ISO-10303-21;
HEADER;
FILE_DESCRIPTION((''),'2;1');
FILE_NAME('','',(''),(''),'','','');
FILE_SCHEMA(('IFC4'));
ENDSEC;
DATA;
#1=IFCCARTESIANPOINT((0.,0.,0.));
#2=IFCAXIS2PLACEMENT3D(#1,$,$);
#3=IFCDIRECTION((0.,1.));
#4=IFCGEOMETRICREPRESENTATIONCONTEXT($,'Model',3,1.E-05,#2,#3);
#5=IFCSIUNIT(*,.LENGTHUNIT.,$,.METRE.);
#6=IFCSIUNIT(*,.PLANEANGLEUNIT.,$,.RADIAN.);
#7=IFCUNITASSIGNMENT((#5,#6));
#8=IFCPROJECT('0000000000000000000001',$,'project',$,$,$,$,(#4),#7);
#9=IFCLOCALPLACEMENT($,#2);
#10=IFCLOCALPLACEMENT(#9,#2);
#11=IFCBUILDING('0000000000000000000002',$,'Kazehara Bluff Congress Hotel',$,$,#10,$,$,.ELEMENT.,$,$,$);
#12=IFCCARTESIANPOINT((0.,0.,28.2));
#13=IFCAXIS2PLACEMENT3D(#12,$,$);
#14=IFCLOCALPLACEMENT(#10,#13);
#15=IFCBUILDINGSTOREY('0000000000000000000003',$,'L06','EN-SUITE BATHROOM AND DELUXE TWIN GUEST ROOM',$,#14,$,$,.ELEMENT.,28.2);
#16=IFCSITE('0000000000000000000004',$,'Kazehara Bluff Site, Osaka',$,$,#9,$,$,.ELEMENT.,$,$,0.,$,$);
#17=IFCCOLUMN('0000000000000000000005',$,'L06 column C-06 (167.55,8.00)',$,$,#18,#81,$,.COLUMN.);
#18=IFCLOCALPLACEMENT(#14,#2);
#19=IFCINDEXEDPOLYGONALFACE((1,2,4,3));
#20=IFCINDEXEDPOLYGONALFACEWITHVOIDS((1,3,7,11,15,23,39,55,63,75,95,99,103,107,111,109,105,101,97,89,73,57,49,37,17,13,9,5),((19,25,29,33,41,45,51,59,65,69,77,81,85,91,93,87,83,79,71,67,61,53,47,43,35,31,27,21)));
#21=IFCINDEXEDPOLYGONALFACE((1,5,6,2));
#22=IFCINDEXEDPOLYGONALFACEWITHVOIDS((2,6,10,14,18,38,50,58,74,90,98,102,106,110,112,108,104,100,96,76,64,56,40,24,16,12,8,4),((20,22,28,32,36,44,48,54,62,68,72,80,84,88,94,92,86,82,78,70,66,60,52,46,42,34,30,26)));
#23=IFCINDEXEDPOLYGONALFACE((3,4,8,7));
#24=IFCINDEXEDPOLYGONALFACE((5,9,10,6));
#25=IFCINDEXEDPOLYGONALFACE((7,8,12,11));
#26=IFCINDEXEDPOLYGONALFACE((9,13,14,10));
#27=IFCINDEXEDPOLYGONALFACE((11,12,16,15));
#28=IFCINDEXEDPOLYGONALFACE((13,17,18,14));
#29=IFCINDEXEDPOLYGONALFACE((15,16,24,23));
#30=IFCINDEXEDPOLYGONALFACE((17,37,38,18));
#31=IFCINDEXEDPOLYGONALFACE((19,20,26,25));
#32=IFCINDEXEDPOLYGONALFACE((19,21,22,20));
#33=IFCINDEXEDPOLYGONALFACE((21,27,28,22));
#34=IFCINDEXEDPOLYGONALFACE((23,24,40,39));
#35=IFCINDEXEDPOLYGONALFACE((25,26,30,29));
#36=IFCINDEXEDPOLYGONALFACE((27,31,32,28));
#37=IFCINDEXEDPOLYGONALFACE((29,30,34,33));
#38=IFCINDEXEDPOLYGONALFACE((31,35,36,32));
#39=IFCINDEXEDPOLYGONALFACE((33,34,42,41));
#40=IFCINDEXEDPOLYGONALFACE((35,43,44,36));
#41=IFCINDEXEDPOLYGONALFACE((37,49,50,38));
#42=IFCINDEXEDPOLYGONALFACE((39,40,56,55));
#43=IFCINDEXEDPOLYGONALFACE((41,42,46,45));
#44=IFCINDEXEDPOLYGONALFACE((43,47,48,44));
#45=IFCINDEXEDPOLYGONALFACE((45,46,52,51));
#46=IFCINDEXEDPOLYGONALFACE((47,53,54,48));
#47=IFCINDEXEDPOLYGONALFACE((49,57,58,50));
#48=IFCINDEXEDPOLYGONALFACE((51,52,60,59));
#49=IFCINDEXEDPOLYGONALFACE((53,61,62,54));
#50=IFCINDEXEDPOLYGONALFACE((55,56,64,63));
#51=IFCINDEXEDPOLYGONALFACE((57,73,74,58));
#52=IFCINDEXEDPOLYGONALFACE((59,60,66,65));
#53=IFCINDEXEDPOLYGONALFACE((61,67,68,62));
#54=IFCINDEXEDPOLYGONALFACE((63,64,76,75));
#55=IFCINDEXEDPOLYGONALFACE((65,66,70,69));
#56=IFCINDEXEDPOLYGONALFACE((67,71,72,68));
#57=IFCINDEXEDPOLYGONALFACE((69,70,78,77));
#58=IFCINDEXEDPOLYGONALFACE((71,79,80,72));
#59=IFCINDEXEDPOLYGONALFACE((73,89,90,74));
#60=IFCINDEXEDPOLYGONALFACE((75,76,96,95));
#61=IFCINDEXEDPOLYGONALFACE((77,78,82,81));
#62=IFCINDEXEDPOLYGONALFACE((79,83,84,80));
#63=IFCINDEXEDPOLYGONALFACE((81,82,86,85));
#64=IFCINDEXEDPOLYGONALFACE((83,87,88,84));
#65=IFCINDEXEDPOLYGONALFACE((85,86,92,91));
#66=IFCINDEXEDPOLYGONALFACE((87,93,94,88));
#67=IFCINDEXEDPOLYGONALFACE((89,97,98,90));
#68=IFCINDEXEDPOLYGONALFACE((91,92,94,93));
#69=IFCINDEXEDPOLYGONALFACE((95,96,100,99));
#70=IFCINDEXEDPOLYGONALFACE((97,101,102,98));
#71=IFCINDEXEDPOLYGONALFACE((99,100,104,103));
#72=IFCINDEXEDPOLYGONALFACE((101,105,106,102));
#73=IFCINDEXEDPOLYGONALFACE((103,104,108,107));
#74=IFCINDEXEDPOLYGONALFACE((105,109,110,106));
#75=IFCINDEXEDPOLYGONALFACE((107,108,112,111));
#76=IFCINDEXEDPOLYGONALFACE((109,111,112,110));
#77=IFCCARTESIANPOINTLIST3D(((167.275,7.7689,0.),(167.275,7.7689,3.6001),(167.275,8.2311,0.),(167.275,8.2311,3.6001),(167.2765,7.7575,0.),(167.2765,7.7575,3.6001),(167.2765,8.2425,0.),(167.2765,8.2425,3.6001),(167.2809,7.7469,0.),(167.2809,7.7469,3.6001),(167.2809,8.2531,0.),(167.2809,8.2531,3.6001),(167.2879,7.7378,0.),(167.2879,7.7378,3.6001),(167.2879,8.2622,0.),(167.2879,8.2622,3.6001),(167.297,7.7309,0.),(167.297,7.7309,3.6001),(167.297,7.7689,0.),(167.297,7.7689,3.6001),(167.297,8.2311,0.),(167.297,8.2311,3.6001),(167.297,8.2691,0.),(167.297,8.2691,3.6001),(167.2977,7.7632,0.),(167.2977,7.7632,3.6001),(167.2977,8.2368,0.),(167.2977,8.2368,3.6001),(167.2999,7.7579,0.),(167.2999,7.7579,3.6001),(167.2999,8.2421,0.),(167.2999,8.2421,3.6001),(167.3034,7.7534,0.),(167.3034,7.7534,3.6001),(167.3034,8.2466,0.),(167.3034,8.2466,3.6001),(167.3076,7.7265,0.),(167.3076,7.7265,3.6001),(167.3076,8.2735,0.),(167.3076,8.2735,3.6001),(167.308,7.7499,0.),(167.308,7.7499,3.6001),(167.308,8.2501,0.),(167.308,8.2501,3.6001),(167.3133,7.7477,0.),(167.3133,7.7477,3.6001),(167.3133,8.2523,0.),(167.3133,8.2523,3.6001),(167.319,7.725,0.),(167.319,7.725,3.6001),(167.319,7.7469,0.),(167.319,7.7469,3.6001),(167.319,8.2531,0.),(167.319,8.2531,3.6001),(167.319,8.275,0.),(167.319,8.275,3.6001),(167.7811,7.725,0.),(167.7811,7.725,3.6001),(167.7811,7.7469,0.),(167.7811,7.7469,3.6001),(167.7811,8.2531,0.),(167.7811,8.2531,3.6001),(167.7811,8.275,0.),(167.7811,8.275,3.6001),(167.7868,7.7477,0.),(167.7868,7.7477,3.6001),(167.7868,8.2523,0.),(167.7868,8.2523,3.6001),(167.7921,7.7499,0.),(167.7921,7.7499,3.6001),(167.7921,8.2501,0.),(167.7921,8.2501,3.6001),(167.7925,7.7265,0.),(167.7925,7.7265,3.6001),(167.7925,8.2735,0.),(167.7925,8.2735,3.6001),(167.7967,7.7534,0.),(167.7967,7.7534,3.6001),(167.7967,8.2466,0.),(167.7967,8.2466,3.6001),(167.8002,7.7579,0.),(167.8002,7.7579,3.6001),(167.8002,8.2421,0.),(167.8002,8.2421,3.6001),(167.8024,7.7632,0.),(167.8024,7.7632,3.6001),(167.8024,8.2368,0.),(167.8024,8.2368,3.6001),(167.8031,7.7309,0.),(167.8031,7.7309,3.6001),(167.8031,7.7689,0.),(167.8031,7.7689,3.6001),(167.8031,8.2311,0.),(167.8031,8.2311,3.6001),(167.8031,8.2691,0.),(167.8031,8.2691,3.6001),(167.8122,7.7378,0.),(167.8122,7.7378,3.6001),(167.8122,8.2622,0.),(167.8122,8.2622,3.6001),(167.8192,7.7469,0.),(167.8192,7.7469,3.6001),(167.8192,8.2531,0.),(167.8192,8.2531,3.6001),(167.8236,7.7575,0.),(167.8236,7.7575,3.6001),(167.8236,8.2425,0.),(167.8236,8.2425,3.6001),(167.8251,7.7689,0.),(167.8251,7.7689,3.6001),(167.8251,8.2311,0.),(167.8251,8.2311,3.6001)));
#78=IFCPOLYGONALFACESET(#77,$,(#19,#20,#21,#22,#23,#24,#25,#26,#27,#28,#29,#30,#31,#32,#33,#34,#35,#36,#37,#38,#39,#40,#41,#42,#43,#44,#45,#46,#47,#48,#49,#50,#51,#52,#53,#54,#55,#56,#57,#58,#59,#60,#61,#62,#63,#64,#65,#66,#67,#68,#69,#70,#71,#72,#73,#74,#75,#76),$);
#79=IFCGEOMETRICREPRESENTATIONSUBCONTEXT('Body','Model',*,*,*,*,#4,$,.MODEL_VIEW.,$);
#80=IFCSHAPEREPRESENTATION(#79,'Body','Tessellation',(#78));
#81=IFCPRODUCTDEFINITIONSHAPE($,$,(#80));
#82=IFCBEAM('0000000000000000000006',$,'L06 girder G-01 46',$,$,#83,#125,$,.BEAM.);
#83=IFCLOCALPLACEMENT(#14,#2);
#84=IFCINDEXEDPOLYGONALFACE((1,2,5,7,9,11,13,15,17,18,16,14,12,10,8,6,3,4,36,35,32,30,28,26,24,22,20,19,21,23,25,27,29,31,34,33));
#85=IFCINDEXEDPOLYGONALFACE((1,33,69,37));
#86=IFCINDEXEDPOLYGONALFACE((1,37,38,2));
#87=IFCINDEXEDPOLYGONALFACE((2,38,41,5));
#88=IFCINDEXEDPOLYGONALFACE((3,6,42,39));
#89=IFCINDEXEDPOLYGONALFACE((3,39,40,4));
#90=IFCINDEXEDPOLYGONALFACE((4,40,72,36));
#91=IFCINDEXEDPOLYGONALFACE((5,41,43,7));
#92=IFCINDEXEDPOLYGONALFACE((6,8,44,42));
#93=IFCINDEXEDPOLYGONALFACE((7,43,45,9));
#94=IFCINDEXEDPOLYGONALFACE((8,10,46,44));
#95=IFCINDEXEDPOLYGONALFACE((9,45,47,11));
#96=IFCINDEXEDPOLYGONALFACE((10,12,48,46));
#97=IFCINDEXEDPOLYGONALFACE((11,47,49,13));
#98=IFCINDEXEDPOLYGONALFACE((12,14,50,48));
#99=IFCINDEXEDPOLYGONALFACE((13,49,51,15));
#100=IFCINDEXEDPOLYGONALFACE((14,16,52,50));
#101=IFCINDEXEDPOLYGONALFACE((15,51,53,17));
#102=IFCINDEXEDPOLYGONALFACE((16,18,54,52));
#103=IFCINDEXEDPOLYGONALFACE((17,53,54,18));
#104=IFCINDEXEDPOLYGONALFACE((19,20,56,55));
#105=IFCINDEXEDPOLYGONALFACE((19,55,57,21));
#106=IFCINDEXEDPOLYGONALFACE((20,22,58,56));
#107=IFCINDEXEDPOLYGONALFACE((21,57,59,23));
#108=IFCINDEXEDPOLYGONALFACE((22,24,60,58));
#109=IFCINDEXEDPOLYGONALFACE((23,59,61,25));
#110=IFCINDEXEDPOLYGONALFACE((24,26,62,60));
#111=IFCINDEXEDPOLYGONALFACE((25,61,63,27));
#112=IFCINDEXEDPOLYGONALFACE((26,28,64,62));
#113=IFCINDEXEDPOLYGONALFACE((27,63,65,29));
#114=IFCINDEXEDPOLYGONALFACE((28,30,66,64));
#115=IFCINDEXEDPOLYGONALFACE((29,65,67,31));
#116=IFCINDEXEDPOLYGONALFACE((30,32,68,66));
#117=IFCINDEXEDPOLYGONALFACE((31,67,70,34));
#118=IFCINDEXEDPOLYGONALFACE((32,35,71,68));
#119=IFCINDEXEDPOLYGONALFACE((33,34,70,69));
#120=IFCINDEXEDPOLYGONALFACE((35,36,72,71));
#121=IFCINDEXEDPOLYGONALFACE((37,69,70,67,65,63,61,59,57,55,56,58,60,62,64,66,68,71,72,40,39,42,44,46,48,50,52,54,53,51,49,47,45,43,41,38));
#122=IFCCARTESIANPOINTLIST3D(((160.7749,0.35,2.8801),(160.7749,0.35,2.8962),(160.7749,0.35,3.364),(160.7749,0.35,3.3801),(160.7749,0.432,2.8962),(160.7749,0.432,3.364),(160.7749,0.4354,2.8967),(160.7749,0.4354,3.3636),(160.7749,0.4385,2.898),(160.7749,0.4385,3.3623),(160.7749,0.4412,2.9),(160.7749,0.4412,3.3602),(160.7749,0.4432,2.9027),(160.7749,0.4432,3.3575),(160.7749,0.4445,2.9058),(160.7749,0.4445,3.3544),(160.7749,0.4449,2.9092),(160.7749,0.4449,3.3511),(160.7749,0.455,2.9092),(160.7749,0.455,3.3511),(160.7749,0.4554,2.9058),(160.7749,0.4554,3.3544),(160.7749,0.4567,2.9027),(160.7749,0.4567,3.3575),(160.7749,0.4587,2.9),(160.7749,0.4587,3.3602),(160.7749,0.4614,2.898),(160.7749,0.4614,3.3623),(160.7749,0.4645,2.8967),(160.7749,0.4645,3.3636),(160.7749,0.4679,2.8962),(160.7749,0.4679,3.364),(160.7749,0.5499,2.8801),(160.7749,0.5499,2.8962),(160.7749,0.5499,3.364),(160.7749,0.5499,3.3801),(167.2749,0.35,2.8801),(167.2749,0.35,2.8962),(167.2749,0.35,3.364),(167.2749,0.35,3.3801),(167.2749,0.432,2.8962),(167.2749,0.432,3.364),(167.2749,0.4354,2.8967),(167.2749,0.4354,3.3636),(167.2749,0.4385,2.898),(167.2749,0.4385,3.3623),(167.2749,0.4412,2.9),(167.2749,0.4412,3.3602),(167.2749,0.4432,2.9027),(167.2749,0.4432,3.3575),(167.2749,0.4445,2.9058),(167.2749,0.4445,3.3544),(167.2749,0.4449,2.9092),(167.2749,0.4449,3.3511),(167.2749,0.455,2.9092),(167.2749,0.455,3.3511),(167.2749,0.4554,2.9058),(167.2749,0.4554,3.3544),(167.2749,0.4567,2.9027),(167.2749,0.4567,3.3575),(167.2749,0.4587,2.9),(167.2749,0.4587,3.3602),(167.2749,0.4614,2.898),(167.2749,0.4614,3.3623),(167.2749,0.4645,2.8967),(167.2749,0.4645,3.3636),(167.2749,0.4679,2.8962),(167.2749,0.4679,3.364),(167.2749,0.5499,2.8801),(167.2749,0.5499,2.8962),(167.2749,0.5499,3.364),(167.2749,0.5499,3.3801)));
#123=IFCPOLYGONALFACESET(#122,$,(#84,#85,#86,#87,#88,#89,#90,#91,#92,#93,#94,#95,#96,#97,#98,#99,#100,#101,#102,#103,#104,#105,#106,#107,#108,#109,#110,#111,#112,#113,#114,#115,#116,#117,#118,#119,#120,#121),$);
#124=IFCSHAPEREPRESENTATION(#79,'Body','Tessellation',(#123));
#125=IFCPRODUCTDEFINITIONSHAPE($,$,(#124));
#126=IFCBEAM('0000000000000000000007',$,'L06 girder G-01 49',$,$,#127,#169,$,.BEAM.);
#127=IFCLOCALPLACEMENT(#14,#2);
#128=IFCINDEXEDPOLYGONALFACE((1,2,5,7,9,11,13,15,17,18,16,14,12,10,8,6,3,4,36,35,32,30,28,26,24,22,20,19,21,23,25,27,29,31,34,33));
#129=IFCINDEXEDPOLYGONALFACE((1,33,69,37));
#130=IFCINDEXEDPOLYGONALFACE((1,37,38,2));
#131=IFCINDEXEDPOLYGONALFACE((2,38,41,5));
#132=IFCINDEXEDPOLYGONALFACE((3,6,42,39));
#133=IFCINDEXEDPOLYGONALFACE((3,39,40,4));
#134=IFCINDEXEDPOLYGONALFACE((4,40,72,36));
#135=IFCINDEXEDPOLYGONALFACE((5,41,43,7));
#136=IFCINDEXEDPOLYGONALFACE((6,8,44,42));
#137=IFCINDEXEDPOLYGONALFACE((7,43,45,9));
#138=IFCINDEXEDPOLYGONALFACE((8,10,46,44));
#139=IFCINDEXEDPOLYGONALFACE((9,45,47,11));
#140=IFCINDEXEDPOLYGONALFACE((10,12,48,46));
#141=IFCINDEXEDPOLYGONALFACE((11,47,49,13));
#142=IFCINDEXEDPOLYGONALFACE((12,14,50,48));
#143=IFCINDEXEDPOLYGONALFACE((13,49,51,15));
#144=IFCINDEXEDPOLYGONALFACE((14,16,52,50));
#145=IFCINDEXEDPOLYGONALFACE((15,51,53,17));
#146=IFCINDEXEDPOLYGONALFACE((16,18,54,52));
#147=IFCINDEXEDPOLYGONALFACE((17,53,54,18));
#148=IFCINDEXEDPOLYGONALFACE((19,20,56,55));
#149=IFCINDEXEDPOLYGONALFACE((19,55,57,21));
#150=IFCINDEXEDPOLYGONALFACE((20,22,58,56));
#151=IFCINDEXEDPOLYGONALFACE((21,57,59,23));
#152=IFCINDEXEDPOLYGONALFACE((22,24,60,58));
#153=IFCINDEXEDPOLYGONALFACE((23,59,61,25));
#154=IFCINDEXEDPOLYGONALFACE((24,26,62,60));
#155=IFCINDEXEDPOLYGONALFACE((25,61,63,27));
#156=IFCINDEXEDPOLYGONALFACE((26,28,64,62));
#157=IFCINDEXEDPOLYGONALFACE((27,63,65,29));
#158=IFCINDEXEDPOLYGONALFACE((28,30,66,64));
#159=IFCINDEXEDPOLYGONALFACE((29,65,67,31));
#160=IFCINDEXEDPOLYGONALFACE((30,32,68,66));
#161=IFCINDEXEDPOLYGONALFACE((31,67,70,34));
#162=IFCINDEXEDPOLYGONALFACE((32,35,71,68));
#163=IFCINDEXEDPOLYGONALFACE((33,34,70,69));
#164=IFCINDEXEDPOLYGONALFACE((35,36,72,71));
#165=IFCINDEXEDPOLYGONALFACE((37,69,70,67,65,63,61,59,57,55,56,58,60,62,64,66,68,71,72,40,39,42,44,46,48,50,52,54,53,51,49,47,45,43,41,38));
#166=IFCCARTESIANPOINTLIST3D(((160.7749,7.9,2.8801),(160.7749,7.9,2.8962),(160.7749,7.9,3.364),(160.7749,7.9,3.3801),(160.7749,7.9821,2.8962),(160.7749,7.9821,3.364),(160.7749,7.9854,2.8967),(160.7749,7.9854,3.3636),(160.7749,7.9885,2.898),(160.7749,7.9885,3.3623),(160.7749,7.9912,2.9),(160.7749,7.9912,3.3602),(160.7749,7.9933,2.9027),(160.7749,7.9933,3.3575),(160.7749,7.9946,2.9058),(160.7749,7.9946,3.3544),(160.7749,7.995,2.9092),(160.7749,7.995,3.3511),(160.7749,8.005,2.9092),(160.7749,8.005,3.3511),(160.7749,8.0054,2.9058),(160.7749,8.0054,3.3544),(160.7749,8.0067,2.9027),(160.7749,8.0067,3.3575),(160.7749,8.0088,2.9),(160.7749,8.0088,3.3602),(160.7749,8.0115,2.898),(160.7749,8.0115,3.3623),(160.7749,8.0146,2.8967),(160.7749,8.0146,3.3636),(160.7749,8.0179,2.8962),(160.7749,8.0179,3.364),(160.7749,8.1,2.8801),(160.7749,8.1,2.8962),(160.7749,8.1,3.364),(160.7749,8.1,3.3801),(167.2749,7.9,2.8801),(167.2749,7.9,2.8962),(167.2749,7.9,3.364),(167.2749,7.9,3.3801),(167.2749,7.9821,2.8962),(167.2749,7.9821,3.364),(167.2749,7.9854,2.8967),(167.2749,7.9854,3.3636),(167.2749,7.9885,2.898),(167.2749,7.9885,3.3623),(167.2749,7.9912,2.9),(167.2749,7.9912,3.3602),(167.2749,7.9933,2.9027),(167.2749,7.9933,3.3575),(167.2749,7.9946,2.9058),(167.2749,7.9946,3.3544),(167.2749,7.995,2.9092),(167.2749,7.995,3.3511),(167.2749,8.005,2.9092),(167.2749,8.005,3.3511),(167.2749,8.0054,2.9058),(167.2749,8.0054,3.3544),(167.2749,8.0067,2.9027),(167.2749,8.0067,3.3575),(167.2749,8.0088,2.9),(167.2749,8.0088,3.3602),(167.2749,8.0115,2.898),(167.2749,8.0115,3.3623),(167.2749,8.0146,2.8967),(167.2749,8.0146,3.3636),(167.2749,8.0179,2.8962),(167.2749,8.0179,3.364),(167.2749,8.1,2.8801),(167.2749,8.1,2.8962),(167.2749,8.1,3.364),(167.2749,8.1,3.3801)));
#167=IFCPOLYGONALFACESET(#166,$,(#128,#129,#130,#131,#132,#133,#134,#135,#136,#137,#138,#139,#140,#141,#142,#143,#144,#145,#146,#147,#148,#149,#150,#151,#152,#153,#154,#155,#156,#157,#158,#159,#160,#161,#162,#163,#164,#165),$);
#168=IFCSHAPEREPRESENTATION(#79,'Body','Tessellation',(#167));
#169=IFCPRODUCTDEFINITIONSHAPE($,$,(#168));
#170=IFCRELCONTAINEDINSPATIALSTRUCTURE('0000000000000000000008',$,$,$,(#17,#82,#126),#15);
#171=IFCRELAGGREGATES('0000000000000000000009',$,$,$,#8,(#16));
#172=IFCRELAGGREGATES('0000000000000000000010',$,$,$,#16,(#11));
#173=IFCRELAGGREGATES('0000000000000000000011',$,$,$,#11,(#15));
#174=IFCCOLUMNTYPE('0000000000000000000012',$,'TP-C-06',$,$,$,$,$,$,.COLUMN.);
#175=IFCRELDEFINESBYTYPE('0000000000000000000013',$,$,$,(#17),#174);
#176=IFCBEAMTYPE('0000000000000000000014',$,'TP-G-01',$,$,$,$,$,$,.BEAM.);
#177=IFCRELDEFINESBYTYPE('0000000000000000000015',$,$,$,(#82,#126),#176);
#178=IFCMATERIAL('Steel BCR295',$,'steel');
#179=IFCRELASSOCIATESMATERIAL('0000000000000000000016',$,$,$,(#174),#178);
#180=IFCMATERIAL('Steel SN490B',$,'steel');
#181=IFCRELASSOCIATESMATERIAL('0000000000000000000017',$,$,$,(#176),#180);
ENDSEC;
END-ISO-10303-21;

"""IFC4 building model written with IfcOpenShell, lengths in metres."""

from ifc_helpers import new_model, si_unit, direction, frame, origin, origin_2d, place, context, subcontext, project, spatial, hollow_rectangle, i_section, extrude, material, material_profile, profile_set, type_object, element, save


model = new_model("IFC4")

# Units and contexts
model_context = context("Model", 3, precision=1e-05, world=origin(), true_north=direction((0.0, 1.0)))
body_context = subcontext(model_context, "Body", "Model", "MODEL_VIEW")
ifc_project = project(units=[si_unit("LENGTHUNIT", "METRE"), si_unit("PLANEANGLEUNIT", "RADIAN")], contexts=[model_context])

# Site, building, storey
site_placement = place(None, origin())
site = spatial("IfcSite", under=ifc_project, at=site_placement, Name="Kazehara Bluff Site, Osaka", CompositionType="ELEMENT", RefElevation=0.0)
building_placement = place(site_placement, origin())
building = spatial("IfcBuilding", under=site, at=building_placement, Name="Kazehara Bluff Congress Hotel", CompositionType="ELEMENT")
storey_placement = place(building_placement, frame((0.0, 0.0, 28.2)))
storey = spatial("IfcBuildingStorey", under=building, at=storey_placement, Name="L06", Description="EN-SUITE BATHROOM AND DELUXE TWIN GUEST ROOM", CompositionType="ELEMENT", Elevation=28.2)

# Column
ifc_material_1 = material(Name="Steel BCR295", Category="steel")
ifc_material_profile_1 = material_profile(ifc_material_1, hollow_rectangle(XDim=0.55, YDim=0.55, WallThickness=0.022, InnerFilletRadius=0.022, OuterFilletRadius=0.0439, at=origin_2d()))
ifc_profile_set_1 = profile_set([ifc_material_profile_1], Name="Steel BCR295")
column_type = type_object("IfcColumnType", Name="TP-C-06", PredefinedType="COLUMN", material=ifc_profile_set_1)
column_1_placement = place(storey_placement, frame((167.55, 8.0, 0.0), z_axis=(0.0, 0.0, 1.0), x_axis=(1.0, 0.0, 0.0)))
element("IfcColumn", 1, at=column_1_placement, inside=storey, type_object=column_type, Name="L06 column C-06 (167.55,8.00)", PredefinedType="COLUMN", context=body_context, shape_type="SweptSolid", body=[
    extrude(hollow_rectangle(XDim=0.55, YDim=0.55, WallThickness=0.022, InnerFilletRadius=0.022, OuterFilletRadius=0.0439, at=origin_2d()), origin(), (0.0, 0.0, 1.0), 3.6001),
])

# Beams
ifc_material_2 = material(Name="Steel SN490B", Category="steel")
ifc_material_profile_2 = material_profile(ifc_material_2, i_section(OverallWidth=0.2, OverallDepth=0.5, WebThickness=0.01, FlangeThickness=0.0161, FilletRadius=0.0129, at=origin_2d()))
ifc_profile_set_2 = profile_set([ifc_material_profile_2], Name="Steel SN490B")
beam_type_1 = type_object("IfcBeamType", Name="TP-G-01", PredefinedType="BEAM", material=ifc_profile_set_2)
for number, where, z_axis, x_axis, name in (
    (2, (160.7749, 0.45, 3.1301), (1.0, 0.0, 0.0), (0.0, 1.0, 0.0), "L06 girder G-01 46"),
    (3, (160.7749, 8.0, 3.1301), (1.0, 0.0, 0.0), (0.0, 1.0, 0.0), "L06 girder G-01 49"),
):
    element("IfcBeam", number, at=place(storey_placement, frame(where, z_axis=z_axis, x_axis=x_axis)), inside=storey, type_object=beam_type_1, Name=name, PredefinedType="BEAM", context=body_context, shape_type="SweptSolid", body=[
        extrude(i_section(OverallWidth=0.2, OverallDepth=0.5, WebThickness=0.01, FlangeThickness=0.0161, FilletRadius=0.0129, at=origin_2d()), origin(), (0.0, 0.0, 1.0), 6.5),
    ])

save(model, "model.ifc")
